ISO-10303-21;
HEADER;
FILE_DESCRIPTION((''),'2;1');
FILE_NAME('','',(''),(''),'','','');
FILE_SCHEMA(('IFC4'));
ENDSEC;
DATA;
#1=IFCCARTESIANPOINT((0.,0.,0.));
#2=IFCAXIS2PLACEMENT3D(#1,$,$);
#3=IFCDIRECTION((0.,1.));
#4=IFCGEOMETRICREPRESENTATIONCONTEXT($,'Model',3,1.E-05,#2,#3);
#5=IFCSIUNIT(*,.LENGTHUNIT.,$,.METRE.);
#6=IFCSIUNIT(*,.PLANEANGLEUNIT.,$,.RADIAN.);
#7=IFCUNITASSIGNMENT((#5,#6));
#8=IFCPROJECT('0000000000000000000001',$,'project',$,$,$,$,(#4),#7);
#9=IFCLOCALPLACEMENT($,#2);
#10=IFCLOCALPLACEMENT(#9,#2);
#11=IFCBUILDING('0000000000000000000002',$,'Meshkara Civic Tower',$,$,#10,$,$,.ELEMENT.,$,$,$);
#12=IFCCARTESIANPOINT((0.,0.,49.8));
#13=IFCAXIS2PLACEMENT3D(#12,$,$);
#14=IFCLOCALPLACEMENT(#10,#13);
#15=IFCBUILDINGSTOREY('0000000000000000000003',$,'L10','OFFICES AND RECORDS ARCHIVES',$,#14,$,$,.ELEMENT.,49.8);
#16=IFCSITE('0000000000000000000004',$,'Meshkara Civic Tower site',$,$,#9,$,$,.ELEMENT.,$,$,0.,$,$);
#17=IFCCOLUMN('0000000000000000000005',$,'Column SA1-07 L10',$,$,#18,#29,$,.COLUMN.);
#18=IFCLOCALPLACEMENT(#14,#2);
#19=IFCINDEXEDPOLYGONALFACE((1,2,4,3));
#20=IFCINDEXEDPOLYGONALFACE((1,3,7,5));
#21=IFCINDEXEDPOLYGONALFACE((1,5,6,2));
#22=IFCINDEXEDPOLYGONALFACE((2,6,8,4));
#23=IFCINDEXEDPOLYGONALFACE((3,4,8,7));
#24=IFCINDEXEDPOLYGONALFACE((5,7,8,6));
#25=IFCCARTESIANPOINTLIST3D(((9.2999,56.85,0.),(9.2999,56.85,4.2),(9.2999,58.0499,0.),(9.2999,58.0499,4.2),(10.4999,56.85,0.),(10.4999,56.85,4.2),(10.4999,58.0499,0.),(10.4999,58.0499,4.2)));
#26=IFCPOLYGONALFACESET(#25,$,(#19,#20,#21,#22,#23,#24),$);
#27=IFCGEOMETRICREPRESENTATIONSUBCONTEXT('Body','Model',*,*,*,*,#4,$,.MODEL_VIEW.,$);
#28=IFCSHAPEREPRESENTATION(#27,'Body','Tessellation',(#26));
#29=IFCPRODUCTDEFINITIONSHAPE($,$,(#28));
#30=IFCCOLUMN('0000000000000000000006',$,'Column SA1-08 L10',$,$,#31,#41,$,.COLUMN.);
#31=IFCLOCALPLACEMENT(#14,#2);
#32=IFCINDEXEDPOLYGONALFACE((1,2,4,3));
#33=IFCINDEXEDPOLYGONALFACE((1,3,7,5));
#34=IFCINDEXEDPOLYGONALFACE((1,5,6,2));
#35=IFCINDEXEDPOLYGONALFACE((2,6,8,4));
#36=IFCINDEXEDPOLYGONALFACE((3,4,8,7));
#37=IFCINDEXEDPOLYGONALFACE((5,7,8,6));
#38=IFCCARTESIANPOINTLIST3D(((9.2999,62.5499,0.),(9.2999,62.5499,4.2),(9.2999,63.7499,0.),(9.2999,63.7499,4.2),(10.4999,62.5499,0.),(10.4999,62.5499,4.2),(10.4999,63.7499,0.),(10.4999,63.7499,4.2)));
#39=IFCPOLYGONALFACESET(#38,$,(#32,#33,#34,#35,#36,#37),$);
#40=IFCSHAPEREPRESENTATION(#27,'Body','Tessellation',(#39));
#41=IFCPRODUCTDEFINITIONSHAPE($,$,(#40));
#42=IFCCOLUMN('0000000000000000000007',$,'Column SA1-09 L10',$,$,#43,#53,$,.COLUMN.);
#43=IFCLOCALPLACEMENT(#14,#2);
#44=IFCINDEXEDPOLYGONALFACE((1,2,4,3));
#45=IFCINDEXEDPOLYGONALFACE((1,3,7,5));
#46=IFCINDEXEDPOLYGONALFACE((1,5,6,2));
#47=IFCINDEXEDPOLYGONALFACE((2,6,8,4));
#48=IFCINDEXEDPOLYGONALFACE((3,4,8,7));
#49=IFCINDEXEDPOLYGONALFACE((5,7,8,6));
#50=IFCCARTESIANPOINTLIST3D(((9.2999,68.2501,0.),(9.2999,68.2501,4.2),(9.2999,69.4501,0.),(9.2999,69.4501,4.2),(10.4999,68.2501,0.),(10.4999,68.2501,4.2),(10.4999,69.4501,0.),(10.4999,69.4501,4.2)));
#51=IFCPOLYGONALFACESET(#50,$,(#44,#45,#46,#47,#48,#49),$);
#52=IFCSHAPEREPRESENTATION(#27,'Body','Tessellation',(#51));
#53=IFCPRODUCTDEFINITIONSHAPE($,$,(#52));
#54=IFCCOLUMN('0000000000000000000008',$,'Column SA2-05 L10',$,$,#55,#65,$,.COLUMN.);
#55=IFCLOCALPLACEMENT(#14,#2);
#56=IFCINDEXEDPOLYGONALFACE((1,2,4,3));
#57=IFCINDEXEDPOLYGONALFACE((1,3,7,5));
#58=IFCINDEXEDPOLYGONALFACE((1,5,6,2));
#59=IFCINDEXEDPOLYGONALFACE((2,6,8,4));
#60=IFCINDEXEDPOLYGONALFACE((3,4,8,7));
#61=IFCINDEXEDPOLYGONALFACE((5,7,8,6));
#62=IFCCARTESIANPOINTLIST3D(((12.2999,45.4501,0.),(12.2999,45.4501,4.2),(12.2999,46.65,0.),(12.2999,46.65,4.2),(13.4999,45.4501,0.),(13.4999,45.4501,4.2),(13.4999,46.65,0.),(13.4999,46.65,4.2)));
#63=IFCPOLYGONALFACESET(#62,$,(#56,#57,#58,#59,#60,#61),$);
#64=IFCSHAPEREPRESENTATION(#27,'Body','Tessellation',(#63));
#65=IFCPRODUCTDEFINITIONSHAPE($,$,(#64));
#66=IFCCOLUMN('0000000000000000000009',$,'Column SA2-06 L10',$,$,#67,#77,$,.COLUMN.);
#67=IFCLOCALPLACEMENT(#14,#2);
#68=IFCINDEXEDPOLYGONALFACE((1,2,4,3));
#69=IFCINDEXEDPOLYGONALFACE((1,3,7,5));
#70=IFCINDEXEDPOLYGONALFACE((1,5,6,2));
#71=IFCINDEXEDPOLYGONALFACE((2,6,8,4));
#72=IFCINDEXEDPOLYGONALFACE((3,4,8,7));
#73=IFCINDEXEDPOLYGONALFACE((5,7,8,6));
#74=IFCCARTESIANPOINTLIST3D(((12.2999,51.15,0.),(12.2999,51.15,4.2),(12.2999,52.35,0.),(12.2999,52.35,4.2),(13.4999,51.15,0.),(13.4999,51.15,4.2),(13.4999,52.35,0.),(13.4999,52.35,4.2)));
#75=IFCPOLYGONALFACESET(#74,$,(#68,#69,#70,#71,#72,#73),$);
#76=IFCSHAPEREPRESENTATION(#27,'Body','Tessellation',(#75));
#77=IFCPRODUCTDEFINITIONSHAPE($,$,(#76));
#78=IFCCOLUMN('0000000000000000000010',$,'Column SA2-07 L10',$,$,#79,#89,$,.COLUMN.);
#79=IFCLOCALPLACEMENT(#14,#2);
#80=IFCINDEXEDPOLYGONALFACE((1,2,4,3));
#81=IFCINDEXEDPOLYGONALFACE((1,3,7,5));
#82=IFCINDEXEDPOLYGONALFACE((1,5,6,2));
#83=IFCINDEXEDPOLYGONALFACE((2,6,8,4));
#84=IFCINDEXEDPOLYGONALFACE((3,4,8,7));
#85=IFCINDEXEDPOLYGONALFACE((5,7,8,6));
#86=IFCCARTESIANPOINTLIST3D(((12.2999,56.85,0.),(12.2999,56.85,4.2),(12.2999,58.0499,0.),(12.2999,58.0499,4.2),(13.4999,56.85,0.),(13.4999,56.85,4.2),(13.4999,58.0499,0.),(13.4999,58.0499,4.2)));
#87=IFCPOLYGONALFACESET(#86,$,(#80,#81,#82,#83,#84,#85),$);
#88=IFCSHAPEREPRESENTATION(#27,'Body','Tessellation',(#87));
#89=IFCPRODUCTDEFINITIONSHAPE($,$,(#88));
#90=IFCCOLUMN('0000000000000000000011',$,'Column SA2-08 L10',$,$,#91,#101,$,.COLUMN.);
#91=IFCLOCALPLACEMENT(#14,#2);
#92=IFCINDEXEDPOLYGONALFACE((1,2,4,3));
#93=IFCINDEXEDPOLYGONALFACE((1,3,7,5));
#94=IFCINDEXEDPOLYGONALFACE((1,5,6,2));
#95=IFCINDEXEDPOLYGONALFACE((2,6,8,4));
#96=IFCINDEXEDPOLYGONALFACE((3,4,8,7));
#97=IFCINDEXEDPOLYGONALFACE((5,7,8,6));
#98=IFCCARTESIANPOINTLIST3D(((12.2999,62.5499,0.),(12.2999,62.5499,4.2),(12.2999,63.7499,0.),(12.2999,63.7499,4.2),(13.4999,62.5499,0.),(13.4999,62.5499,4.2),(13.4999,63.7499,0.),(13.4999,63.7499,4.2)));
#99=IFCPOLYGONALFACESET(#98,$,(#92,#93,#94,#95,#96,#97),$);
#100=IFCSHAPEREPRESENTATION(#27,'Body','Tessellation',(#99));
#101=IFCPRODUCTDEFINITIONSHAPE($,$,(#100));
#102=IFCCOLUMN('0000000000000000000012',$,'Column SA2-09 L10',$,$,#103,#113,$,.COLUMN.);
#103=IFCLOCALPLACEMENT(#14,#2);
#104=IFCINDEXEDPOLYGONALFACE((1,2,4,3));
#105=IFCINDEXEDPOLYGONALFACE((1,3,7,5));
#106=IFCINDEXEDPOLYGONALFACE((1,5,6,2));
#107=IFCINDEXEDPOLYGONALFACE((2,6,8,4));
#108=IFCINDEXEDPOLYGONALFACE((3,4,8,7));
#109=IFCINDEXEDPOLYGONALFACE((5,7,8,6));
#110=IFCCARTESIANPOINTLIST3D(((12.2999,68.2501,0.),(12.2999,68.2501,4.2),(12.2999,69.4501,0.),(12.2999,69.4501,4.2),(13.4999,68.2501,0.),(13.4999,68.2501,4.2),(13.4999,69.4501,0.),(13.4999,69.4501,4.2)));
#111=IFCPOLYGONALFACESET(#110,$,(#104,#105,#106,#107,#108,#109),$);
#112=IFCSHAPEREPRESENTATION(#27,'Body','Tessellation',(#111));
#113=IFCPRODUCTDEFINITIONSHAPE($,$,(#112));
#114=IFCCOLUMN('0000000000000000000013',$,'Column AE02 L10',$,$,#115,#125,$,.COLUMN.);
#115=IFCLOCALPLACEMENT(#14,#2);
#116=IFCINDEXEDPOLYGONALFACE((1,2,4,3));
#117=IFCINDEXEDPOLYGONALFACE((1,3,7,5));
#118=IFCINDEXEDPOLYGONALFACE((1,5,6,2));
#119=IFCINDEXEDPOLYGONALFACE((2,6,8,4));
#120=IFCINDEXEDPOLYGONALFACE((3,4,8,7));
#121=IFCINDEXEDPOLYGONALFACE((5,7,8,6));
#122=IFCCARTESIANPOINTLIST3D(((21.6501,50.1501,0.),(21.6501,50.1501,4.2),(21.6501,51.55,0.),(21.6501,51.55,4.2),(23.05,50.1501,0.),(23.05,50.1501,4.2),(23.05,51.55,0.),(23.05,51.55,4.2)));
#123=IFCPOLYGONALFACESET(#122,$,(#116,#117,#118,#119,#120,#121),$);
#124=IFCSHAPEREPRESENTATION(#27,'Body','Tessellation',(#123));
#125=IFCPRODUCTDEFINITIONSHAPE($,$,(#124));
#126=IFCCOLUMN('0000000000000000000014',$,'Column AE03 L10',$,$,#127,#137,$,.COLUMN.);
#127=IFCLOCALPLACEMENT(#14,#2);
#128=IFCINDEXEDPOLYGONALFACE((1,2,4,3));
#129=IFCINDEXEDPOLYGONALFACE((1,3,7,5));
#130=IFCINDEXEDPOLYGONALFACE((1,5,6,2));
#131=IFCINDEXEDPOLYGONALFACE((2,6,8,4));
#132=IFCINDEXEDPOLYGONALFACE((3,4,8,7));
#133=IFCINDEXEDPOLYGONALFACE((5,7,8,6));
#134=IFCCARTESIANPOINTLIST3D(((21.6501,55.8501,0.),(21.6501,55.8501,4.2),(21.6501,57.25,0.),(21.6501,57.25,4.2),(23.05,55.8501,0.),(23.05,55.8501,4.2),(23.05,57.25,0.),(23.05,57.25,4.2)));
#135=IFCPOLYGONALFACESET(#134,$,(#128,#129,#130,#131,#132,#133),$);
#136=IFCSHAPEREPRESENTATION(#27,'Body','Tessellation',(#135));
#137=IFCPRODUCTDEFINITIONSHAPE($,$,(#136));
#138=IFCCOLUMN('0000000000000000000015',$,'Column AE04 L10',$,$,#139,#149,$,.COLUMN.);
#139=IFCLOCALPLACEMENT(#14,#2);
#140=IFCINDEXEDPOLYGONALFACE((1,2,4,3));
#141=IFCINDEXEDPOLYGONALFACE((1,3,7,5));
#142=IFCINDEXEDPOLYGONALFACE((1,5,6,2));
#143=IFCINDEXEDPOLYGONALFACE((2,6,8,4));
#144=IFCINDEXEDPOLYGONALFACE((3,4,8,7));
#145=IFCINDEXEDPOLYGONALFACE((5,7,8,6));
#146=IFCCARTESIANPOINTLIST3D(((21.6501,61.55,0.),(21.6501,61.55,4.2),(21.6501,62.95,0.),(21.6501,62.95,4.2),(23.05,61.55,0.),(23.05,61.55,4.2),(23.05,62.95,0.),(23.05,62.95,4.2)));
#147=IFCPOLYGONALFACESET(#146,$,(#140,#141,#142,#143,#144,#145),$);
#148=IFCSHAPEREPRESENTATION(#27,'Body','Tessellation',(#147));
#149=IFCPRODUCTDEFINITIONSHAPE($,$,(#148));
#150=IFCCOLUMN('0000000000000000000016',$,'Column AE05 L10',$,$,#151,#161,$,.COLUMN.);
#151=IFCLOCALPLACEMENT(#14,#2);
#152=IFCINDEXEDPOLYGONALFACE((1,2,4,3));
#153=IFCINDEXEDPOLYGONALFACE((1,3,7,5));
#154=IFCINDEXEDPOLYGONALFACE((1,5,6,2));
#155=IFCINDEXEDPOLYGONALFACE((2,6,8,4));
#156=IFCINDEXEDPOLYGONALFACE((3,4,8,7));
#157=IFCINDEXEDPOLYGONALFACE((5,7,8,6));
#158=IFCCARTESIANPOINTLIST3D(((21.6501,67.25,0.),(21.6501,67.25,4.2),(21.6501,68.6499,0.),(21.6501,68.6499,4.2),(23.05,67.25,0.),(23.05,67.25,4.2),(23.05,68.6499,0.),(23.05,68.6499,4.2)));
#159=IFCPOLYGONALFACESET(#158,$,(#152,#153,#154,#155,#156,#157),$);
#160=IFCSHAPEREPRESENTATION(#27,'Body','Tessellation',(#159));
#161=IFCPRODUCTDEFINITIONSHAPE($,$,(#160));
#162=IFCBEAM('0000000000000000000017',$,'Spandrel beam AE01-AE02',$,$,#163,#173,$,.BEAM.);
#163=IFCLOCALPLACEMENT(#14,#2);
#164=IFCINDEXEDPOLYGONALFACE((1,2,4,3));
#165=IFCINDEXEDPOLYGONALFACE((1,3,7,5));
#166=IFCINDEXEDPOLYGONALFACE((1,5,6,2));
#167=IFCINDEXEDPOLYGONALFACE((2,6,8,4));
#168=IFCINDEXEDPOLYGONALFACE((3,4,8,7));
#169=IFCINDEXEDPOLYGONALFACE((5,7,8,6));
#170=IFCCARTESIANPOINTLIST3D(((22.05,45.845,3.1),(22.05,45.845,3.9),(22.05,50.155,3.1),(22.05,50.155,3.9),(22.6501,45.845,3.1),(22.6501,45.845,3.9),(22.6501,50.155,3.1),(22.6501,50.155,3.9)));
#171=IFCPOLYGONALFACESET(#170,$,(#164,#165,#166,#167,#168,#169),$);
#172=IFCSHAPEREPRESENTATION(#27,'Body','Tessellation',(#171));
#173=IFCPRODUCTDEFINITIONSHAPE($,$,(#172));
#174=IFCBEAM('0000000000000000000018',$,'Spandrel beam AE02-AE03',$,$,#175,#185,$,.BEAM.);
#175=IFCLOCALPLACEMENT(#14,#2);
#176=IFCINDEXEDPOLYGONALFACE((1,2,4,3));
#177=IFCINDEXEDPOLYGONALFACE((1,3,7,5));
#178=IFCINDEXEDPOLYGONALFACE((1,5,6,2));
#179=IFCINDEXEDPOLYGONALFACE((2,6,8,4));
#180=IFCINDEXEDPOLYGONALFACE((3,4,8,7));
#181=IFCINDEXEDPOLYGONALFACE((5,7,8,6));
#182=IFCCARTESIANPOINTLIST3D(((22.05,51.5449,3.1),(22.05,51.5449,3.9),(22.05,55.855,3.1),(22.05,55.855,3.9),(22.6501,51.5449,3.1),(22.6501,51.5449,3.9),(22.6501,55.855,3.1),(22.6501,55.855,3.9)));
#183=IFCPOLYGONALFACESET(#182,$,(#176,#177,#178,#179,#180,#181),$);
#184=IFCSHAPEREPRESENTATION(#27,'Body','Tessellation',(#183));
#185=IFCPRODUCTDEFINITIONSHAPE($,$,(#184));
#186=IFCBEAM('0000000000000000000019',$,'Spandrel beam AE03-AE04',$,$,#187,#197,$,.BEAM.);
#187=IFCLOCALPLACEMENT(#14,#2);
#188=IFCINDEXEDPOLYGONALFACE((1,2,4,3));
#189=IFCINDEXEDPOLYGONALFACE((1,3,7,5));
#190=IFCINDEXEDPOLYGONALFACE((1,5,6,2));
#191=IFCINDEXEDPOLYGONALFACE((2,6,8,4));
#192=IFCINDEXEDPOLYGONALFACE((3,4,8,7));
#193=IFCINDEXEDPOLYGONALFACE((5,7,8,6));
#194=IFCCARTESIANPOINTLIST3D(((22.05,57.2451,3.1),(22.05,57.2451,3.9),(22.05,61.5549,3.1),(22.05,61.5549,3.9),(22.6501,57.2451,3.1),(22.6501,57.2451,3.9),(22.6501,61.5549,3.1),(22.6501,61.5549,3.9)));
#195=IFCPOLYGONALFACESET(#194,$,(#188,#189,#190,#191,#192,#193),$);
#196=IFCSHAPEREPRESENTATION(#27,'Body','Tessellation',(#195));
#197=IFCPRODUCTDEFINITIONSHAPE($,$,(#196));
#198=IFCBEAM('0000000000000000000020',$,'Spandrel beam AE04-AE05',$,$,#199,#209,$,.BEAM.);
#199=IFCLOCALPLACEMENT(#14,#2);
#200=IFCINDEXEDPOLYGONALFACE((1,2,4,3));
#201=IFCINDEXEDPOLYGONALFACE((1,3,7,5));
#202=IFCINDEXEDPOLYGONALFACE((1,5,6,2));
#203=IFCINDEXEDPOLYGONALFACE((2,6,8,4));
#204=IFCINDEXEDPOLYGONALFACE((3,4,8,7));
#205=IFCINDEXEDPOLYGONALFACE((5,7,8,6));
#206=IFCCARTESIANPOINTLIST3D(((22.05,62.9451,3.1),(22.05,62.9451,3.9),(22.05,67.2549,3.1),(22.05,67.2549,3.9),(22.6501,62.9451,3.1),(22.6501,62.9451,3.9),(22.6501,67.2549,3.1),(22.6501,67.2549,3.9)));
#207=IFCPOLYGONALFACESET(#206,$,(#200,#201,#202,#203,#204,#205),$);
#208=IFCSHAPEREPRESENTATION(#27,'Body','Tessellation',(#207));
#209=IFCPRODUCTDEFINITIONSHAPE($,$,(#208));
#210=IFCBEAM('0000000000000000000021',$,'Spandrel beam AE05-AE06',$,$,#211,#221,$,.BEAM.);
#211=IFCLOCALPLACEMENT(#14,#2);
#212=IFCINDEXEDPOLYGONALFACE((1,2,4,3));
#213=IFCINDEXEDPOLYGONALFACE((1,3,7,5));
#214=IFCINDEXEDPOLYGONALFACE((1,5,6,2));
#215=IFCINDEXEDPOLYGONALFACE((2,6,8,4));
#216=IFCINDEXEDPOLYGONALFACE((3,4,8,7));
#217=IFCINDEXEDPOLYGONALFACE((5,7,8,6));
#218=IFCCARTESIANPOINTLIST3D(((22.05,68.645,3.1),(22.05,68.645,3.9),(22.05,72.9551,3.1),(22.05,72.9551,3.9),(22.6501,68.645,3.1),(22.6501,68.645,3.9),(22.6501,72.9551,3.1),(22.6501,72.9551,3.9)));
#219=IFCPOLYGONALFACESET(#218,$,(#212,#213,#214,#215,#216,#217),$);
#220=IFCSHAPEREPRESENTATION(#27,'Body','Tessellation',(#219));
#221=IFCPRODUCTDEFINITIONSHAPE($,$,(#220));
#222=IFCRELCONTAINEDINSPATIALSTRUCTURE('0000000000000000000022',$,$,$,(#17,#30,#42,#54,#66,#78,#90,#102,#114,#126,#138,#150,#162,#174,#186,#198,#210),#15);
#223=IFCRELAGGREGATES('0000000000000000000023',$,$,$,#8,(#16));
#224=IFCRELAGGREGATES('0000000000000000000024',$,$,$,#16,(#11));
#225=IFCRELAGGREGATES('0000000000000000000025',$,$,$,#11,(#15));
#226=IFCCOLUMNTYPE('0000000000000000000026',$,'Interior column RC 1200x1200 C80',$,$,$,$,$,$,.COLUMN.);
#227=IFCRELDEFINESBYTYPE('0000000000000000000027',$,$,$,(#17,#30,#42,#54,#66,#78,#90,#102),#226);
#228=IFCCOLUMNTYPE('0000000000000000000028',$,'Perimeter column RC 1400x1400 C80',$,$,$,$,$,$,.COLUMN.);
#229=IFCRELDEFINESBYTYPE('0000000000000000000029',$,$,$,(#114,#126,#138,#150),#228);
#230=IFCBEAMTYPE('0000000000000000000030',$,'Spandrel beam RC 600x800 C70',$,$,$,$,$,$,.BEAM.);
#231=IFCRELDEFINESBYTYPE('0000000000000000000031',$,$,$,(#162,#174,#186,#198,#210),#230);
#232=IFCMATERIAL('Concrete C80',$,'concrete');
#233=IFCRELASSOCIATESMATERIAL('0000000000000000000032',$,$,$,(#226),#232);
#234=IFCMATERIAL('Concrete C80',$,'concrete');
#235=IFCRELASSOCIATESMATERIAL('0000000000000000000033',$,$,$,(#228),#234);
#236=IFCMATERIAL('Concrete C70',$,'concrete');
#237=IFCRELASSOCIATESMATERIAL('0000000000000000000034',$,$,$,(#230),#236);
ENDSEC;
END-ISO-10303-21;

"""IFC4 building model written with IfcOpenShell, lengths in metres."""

from ifc_helpers import new_model, si_unit, direction, frame, origin, origin_2d, place, context, subcontext, project, spatial, rectangle, extrude, material, material_profile, profile_set, type_object, element, save


model = new_model("IFC4")

# Units and contexts
model_context = context("Model", 3, precision=1e-05, world=origin(), true_north=direction((0.0, 1.0)))
body_context = subcontext(model_context, "Body", "Model", "MODEL_VIEW")
ifc_project = project(units=[si_unit("LENGTHUNIT", "METRE"), si_unit("PLANEANGLEUNIT", "RADIAN")], contexts=[model_context])

# Site, building, storey
site_placement = place(None, origin())
site = spatial("IfcSite", under=ifc_project, at=site_placement, Name="Meshkara Civic Tower site", CompositionType="ELEMENT", RefElevation=0.0)
building_placement = place(site_placement, origin())
building = spatial("IfcBuilding", under=site, at=building_placement, Name="Meshkara Civic Tower", CompositionType="ELEMENT")
storey_placement = place(building_placement, frame((0.0, 0.0, 49.8)))
storey = spatial("IfcBuildingStorey", under=building, at=storey_placement, Name="L10", Description="OFFICES AND RECORDS ARCHIVES", CompositionType="ELEMENT", Elevation=49.8)

# Columns
ifc_material_1 = material(Name="Concrete C80", Category="concrete")
ifc_material_profile_1 = material_profile(ifc_material_1, rectangle(XDim=1.2, YDim=1.2, at=origin_2d()))
ifc_profile_set_1 = profile_set([ifc_material_profile_1], Name="Concrete C80")
column_type_1 = type_object("IfcColumnType", Name="Interior column RC 1200x1200 C80", PredefinedType="COLUMN", material=ifc_profile_set_1)
for number, where, z_axis, x_axis, name in (
    (1, (9.8999, 57.45, 0.0), (0.0, 0.0, 1.0), (1.0, 0.0, 0.0), "Column SA1-07 L10"),
    (2, (9.8999, 63.1499, 0.0), (0.0, 0.0, 1.0), (1.0, 0.0, 0.0), "Column SA1-08 L10"),
    (3, (9.8999, 68.8501, 0.0), (0.0, 0.0, 1.0), (1.0, 0.0, 0.0), "Column SA1-09 L10"),
    (4, (12.8999, 46.05, 0.0), (0.0, 0.0, 1.0), (1.0, 0.0, 0.0), "Column SA2-05 L10"),
    (5, (12.8999, 51.75, 0.0), (0.0, 0.0, 1.0), (1.0, 0.0, 0.0), "Column SA2-06 L10"),
    (6, (12.8999, 57.45, 0.0), (0.0, 0.0, 1.0), (1.0, 0.0, 0.0), "Column SA2-07 L10"),
    (7, (12.8999, 63.1499, 0.0), (0.0, 0.0, 1.0), (1.0, 0.0, 0.0), "Column SA2-08 L10"),
    (8, (12.8999, 68.8501, 0.0), (0.0, 0.0, 1.0), (1.0, 0.0, 0.0), "Column SA2-09 L10"),
):
    element("IfcColumn", number, at=place(storey_placement, frame(where, z_axis=z_axis, x_axis=x_axis)), inside=storey, type_object=column_type_1, Name=name, PredefinedType="COLUMN", context=body_context, shape_type="SweptSolid", body=[
        extrude(rectangle(XDim=1.2, YDim=1.2, at=origin_2d()), origin(), (0.0, 0.0, 1.0), 4.2),
    ])
ifc_material_2 = material(Name="Concrete C80", Category="concrete")
ifc_material_profile_2 = material_profile(ifc_material_2, rectangle(XDim=1.3999, YDim=1.3999, at=origin_2d()))
ifc_profile_set_2 = profile_set([ifc_material_profile_2], Name="Concrete C80")
column_type_2 = type_object("IfcColumnType", Name="Perimeter column RC 1400x1400 C80", PredefinedType="COLUMN", material=ifc_profile_set_2)
for number, where, z_axis, x_axis, name in (
    (9, (22.3501, 50.8501, 0.0), (0.0, 0.0, 1.0), (1.0, 0.0, 0.0), "Column AE02 L10"),
    (10, (22.3501, 56.55, 0.0), (0.0, 0.0, 1.0), (1.0, 0.0, 0.0), "Column AE03 L10"),
    (11, (22.3501, 62.25, 0.0), (0.0, 0.0, 1.0), (1.0, 0.0, 0.0), "Column AE04 L10"),
    (12, (22.3501, 67.95, 0.0), (0.0, 0.0, 1.0), (1.0, 0.0, 0.0), "Column AE05 L10"),
):
    element("IfcColumn", number, at=place(storey_placement, frame(where, z_axis=z_axis, x_axis=x_axis)), inside=storey, type_object=column_type_2, Name=name, PredefinedType="COLUMN", context=body_context, shape_type="SweptSolid", body=[
        extrude(rectangle(XDim=1.3999, YDim=1.3999, at=origin_2d()), origin(), (0.0, 0.0, 1.0), 4.2),
    ])

# Beams
ifc_material_3 = material(Name="Concrete C70", Category="concrete")
ifc_material_profile_3 = material_profile(ifc_material_3, rectangle(XDim=0.6001, YDim=0.8, at=origin_2d()))
ifc_profile_set_3 = profile_set([ifc_material_profile_3], Name="Concrete C70")
beam_type = type_object("IfcBeamType", Name="Spandrel beam RC 600x800 C70", PredefinedType="BEAM", material=ifc_profile_set_3)
for number, where, z_axis, x_axis, name in (
    (13, (22.3501, 45.845, 3.5), (0.0, 1.0, 0.0), (-1.0, 0.0, 0.0), "Spandrel beam AE01-AE02"),
    (14, (22.3501, 51.5449, 3.5), (0.0, 1.0, 0.0), (-1.0, 0.0, 0.0), "Spandrel beam AE02-AE03"),
):
    element("IfcBeam", number, at=place(storey_placement, frame(where, z_axis=z_axis, x_axis=x_axis)), inside=storey, type_object=beam_type, Name=name, PredefinedType="BEAM", context=body_context, shape_type="SweptSolid", body=[
        extrude(rectangle(XDim=0.6001, YDim=0.8, at=origin_2d()), origin(), (0.0, 0.0, 1.0), 4.3101),
    ])
for number, where, z_axis, x_axis, name in (
    (15, (22.3501, 57.2451, 3.5), (0.0, 1.0, 0.0), (-1.0, 0.0, 0.0), "Spandrel beam AE03-AE04"),
    (16, (22.3501, 62.9451, 3.5), (0.0, 1.0, 0.0), (-1.0, 0.0, 0.0), "Spandrel beam AE04-AE05"),
):
    element("IfcBeam", number, at=place(storey_placement, frame(where, z_axis=z_axis, x_axis=x_axis)), inside=storey, type_object=beam_type, Name=name, PredefinedType="BEAM", context=body_context, shape_type="SweptSolid", body=[
        extrude(rectangle(XDim=0.6001, YDim=0.8, at=origin_2d()), origin(), (0.0, 0.0, 1.0), 4.3098),
    ])
beam_placement = place(storey_placement, frame((22.3501, 68.645, 3.5), z_axis=(0.0, 1.0, 0.0), x_axis=(-1.0, 0.0, 0.0)))
element("IfcBeam", 17, at=beam_placement, inside=storey, type_object=beam_type, Name="Spandrel beam AE05-AE06", PredefinedType="BEAM", context=body_context, shape_type="SweptSolid", body=[
    extrude(rectangle(XDim=0.6001, YDim=0.8, at=origin_2d()), origin(), (0.0, 0.0, 1.0), 4.3101),
])

save(model, "model.ifc")
